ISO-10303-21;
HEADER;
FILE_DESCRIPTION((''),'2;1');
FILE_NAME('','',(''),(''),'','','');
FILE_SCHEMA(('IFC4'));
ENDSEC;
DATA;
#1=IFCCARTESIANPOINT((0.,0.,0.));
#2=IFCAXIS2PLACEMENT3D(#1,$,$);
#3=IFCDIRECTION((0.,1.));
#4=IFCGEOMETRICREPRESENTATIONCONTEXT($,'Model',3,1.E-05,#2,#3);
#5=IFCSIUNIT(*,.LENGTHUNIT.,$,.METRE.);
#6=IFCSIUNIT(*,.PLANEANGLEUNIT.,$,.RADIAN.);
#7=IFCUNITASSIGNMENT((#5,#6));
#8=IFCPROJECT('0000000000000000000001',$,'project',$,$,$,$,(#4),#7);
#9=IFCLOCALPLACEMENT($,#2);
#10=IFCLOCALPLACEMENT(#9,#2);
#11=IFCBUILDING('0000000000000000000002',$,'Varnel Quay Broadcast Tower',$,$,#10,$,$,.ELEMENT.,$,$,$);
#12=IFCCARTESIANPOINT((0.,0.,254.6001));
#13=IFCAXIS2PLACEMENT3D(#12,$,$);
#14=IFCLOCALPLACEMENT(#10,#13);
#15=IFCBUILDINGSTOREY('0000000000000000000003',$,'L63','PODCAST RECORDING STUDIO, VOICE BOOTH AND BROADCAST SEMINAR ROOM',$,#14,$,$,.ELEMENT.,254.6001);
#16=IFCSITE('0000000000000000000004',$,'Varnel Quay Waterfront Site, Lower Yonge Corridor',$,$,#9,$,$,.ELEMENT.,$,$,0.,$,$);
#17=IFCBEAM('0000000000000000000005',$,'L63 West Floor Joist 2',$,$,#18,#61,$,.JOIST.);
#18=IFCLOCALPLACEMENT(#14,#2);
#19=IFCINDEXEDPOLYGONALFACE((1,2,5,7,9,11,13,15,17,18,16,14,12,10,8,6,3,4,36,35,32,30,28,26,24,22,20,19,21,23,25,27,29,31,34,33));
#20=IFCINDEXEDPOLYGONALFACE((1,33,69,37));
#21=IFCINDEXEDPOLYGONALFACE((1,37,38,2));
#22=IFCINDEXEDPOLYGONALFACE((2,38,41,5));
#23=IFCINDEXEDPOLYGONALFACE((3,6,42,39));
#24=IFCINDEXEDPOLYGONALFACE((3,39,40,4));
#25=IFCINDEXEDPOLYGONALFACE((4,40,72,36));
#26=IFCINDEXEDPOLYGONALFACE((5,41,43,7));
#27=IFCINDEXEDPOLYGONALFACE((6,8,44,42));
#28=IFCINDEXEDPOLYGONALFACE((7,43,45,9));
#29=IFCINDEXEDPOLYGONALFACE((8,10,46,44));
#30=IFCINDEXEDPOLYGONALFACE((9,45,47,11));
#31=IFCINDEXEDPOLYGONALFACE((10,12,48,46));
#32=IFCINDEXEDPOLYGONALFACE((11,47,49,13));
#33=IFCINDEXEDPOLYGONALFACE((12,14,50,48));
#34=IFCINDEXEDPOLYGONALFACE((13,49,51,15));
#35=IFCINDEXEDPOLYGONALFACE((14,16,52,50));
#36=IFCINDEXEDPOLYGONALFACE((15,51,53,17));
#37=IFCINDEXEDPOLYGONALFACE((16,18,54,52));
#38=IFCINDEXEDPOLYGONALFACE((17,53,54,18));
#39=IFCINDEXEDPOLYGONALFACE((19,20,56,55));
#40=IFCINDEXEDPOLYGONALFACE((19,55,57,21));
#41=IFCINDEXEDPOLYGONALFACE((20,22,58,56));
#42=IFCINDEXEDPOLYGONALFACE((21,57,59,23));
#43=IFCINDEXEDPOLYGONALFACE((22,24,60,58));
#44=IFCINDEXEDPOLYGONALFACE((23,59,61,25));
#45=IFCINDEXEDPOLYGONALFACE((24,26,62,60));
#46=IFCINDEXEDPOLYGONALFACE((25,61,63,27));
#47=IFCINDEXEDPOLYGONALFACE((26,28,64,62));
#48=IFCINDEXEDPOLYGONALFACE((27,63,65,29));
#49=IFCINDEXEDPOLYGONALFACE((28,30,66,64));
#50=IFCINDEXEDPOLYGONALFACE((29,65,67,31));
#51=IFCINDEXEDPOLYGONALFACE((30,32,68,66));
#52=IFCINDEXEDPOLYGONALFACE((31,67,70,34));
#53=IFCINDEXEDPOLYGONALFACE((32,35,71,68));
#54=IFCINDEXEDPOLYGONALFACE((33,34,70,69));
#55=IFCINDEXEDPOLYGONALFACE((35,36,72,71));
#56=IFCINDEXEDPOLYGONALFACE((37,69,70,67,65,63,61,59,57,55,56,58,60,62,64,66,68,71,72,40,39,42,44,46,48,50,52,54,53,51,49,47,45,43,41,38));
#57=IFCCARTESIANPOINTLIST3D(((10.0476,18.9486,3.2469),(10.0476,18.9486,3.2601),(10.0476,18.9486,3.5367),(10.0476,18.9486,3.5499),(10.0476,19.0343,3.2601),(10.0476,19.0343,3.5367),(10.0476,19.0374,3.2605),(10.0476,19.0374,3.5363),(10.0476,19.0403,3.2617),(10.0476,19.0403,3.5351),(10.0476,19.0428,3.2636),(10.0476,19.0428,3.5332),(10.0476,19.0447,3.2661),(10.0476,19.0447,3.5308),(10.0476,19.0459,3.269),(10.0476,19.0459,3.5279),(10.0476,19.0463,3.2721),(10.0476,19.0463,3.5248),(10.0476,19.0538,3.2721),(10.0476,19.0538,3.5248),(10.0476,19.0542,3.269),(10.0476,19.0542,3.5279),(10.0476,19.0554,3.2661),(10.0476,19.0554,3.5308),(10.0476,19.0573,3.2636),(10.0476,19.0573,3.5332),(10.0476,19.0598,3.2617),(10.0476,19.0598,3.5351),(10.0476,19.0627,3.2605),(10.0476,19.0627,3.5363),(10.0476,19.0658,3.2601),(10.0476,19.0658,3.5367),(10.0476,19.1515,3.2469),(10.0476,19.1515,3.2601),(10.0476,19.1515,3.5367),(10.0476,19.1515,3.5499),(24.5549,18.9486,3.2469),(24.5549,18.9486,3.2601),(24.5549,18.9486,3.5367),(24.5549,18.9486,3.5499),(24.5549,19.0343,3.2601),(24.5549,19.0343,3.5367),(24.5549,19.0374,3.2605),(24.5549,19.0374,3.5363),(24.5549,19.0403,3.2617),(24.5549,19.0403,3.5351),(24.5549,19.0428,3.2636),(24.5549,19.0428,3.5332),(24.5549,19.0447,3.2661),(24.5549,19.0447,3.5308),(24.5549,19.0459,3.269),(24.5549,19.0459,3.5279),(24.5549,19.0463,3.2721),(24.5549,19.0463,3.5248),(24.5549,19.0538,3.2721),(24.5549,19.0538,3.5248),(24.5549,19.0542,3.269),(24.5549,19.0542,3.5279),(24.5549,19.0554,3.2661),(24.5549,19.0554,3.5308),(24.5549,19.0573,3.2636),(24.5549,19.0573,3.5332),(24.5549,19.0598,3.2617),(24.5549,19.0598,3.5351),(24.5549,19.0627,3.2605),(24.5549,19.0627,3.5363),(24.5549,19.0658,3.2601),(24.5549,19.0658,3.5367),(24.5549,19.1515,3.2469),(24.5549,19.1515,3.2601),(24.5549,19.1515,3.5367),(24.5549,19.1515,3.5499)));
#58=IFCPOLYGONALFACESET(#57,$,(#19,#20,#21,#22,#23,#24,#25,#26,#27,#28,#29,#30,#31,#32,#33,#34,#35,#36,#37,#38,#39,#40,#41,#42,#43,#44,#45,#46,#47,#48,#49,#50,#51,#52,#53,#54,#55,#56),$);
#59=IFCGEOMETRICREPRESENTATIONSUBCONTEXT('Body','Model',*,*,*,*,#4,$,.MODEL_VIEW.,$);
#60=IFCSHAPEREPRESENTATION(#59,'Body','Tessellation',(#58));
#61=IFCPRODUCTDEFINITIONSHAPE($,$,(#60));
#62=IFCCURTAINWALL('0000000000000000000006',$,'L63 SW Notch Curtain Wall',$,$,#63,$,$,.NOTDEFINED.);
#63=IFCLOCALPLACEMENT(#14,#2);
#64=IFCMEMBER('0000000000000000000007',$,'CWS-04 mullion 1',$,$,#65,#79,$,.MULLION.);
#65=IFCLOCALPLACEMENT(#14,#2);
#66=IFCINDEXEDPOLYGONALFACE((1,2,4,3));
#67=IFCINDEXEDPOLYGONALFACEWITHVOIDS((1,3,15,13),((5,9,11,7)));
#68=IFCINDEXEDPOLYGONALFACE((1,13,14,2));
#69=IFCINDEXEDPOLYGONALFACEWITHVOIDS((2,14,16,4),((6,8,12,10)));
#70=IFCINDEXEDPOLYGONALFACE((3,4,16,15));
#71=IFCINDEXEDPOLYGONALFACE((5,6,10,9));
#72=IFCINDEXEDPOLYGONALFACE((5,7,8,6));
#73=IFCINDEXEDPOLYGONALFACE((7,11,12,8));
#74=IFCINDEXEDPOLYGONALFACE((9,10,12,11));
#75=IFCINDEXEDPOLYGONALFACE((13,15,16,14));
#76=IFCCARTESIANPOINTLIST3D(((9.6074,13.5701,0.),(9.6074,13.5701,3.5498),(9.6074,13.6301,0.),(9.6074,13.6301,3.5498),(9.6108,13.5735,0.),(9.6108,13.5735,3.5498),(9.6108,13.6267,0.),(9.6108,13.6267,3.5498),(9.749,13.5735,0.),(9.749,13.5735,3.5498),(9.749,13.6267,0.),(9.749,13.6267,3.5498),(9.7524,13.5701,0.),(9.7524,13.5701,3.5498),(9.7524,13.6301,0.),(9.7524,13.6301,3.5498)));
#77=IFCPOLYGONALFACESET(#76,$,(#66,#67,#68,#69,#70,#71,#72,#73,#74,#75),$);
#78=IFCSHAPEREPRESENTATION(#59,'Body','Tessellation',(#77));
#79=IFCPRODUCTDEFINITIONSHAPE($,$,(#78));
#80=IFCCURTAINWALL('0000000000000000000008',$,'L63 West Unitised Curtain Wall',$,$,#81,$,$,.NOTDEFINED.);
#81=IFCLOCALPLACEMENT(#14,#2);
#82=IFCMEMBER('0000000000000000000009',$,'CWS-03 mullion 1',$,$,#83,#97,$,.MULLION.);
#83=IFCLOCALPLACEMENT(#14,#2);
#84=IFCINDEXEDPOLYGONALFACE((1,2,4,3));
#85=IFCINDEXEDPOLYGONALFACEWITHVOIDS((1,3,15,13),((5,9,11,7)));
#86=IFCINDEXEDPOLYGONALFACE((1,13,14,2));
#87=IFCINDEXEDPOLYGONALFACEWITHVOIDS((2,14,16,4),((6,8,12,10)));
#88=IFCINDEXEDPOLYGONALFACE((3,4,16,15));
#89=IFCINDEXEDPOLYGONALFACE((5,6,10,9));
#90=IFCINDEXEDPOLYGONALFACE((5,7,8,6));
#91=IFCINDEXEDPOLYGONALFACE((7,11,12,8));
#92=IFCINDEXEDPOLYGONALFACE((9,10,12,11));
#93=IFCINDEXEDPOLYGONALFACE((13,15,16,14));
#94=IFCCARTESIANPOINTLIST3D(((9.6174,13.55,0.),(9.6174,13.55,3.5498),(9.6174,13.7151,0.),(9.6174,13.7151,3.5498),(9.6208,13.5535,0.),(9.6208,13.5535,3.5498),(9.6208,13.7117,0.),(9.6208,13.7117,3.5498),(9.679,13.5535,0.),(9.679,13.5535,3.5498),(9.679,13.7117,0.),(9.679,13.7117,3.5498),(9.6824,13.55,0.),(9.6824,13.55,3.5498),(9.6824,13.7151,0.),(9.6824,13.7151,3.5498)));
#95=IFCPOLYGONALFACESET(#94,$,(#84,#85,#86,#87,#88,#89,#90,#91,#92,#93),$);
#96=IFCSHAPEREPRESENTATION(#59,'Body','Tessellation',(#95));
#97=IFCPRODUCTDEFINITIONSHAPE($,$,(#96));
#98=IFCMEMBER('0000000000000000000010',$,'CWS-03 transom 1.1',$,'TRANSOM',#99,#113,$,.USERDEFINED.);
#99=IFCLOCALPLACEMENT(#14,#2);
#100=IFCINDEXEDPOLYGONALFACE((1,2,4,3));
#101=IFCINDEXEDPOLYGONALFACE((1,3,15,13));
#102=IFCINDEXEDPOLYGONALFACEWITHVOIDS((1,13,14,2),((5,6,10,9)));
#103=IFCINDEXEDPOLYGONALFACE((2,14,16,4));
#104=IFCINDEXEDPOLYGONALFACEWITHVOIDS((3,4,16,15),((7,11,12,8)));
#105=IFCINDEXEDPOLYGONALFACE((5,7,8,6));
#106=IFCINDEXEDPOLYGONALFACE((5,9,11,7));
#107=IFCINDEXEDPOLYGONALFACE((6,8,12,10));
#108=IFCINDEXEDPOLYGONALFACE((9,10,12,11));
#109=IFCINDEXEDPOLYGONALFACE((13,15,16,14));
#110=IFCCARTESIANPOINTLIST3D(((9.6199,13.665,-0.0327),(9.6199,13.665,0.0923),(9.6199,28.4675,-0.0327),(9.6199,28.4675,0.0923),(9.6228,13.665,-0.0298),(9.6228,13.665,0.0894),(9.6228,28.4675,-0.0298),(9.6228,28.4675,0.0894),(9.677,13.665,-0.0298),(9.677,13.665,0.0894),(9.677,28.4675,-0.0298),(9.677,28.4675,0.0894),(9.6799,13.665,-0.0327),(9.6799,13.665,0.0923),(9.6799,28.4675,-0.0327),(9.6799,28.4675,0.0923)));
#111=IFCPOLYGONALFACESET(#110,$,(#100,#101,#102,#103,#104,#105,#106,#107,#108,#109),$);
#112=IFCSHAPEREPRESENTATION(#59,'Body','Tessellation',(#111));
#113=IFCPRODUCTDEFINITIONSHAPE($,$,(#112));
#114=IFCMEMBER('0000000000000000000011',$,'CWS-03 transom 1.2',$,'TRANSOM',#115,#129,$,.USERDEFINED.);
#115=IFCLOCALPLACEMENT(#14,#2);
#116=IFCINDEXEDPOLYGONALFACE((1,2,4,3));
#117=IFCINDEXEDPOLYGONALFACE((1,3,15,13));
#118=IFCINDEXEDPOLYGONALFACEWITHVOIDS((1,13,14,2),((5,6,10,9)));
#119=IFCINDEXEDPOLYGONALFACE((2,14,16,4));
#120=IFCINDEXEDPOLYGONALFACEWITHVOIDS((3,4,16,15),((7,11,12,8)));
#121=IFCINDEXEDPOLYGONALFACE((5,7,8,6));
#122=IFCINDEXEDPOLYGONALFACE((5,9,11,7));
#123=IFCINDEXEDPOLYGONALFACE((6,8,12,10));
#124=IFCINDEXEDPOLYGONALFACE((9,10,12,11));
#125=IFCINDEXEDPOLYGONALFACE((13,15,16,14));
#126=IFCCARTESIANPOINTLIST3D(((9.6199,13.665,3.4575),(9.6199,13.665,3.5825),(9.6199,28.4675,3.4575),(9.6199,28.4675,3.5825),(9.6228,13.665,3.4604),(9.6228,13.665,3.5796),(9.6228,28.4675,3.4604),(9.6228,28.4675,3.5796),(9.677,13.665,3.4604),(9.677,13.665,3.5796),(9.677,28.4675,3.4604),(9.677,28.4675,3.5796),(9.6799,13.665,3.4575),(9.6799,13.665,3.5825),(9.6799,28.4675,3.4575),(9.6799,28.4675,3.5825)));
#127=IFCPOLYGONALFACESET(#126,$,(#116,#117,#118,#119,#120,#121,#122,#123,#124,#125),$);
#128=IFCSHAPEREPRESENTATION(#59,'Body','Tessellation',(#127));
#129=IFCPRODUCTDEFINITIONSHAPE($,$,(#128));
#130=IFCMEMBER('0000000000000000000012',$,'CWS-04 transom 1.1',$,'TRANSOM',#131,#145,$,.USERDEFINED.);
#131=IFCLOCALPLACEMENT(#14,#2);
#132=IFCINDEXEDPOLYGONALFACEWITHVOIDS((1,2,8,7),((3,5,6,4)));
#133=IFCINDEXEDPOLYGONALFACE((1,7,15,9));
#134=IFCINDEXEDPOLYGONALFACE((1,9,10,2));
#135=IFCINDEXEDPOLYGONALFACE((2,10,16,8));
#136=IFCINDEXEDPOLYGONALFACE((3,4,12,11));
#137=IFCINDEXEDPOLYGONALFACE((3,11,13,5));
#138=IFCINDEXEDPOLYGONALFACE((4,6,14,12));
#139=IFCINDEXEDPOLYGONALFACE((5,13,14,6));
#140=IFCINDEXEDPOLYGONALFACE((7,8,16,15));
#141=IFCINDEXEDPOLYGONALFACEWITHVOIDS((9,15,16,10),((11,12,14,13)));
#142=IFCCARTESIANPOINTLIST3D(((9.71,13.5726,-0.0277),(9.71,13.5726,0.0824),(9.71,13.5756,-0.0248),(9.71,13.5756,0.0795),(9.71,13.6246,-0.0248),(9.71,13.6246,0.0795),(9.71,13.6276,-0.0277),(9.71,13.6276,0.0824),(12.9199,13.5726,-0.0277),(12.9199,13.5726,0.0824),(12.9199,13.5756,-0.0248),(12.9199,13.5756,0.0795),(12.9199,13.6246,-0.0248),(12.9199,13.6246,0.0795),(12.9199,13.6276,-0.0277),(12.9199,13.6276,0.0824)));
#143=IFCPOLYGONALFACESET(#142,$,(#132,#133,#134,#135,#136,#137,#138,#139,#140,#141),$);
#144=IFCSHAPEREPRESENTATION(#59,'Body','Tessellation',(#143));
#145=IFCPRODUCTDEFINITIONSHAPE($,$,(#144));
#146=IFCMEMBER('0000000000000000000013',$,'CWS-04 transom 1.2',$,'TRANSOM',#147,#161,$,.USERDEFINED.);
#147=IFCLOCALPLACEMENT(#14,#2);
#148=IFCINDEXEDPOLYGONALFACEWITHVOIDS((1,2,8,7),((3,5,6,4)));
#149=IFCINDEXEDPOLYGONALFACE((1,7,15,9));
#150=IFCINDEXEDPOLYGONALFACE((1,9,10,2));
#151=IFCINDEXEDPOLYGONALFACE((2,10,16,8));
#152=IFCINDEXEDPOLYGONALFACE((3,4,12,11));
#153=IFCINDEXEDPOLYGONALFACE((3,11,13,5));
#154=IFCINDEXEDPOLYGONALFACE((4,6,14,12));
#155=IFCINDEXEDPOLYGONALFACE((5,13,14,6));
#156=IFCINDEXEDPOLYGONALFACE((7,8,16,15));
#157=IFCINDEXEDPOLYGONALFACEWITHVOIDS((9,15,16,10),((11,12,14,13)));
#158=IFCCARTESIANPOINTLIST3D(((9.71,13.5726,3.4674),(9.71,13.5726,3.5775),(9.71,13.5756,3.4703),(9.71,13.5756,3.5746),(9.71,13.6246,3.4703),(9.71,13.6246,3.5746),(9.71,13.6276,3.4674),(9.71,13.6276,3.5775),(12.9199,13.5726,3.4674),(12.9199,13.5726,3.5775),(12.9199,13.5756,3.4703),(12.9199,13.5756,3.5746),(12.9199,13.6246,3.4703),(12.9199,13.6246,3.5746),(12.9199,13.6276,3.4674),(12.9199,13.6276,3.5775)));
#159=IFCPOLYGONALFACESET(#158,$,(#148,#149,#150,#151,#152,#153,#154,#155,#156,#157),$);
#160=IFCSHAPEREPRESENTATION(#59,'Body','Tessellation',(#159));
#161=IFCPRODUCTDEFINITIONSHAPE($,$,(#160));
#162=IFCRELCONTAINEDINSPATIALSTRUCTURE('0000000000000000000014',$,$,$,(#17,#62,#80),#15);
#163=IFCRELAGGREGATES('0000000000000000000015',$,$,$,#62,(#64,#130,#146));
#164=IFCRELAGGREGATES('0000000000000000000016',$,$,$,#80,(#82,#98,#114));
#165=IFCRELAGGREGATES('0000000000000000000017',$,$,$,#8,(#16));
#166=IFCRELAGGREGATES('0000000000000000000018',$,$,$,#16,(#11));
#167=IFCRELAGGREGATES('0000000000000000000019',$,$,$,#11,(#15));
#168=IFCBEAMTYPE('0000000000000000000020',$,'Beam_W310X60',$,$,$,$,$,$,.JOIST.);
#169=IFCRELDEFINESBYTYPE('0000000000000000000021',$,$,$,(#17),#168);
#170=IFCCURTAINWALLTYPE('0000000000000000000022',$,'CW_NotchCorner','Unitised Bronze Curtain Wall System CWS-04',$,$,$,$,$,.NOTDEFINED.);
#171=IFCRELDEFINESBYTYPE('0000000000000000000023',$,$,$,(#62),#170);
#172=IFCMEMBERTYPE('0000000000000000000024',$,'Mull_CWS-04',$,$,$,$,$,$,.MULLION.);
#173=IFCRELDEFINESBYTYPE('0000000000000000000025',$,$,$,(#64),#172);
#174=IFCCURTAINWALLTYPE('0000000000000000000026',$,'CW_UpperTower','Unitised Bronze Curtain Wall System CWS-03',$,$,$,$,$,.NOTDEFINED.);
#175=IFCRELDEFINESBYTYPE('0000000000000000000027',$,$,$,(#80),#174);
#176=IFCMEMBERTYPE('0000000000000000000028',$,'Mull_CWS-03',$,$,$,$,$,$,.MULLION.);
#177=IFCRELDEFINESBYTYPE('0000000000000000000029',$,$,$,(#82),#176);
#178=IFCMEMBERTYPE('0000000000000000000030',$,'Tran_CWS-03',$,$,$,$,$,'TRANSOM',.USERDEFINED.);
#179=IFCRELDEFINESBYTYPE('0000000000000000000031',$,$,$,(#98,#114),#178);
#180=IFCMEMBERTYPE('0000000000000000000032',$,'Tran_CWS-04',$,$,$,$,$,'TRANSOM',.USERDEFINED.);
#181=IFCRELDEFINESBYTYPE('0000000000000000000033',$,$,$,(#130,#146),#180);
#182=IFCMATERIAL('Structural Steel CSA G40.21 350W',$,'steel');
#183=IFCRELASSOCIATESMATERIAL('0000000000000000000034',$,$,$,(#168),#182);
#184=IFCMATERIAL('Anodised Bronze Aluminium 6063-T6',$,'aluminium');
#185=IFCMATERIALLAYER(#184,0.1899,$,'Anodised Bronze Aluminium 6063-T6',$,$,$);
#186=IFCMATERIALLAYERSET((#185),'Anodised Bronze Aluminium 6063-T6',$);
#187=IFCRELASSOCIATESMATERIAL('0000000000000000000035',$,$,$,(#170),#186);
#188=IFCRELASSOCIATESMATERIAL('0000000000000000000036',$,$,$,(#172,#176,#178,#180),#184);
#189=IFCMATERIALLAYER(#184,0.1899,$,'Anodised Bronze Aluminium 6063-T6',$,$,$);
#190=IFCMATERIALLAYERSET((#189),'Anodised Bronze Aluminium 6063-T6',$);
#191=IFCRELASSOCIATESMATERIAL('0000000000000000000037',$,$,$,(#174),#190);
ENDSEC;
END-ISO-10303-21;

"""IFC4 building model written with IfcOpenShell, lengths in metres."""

from ifc_helpers import new_model, si_unit, direction, frame, origin, origin_2d, place, context, subcontext, project, spatial, hollow_rectangle, i_section, extrude, source, transform, mapped, material, layer, layer_set, material_profile, profile_set, type_object, type_shapes, element, aggregate, save


model = new_model("IFC4")

# Units and contexts
model_context = context("Model", 3, precision=1e-05, world=origin(), true_north=direction((0.0, 1.0)))
body_context = subcontext(model_context, "Body", "Model", "MODEL_VIEW")
ifc_project = project(units=[si_unit("LENGTHUNIT", "METRE"), si_unit("PLANEANGLEUNIT", "RADIAN")], contexts=[model_context])

# Site, building, storey
site_placement = place(None, origin())
site = spatial("IfcSite", under=ifc_project, at=site_placement, Name="Varnel Quay Waterfront Site, Lower Yonge Corridor", CompositionType="ELEMENT", RefElevation=0.0)
building_placement = place(site_placement, origin())
building = spatial("IfcBuilding", under=site, at=building_placement, Name="Varnel Quay Broadcast Tower", CompositionType="ELEMENT")
storey_placement = place(building_placement, frame((0.0, 0.0, 254.6001)))
storey = spatial("IfcBuildingStorey", under=building, at=storey_placement, Name="L63", Description="PODCAST RECORDING STUDIO, VOICE BOOTH AND BROADCAST SEMINAR ROOM", CompositionType="ELEMENT", Elevation=254.6001)

# Shared definitions
ifc_material_1 = material(Name="Structural Steel CSA G40.21 350W", Category="steel")

# Beam
ifc_material_profile_1 = material_profile(ifc_material_1, i_section(OverallWidth=0.2029, OverallDepth=0.303, WebThickness=0.0076, FlangeThickness=0.0132, FilletRadius=0.012, at=origin_2d()), Name="W310X60")
ifc_profile_set_1 = profile_set([ifc_material_profile_1], Name="Structural Steel CSA G40.21 350W")
beam_type_1 = type_object("IfcBeamType", Name="Beam_W310X60", PredefinedType="JOIST", material=ifc_profile_set_1)
shared_shape_1 = source(origin(), body_context, "Body", "SweptSolid", [
    extrude(i_section(OverallWidth=0.2029, OverallDepth=0.303, WebThickness=0.0076, FlangeThickness=0.0132, FilletRadius=0.012, at=origin_2d()), origin(), (0.0, 0.0, 1.0), 14.5073),
])
type_shapes(beam_type_1, [shared_shape_1])
beam_1_placement = place(storey_placement, frame((10.0476, 19.05, 3.3984), z_axis=(1.0, 0.0, 0.0), x_axis=(0.0, 1.0, 0.0)))
element("IfcBeam", 1, at=beam_1_placement, inside=storey, type_object=beam_type_1, Name="L63 West Floor Joist 2", PredefinedType="JOIST", context=body_context, shape_type="MappedRepresentation", body=[
    mapped(shared_shape_1, transform((0.0, 0.0, 0.0), x_axis=(1.0, 0.0, 0.0), y_axis=(0.0, 1.0, 0.0), z_axis=(0.0, 0.0, 1.0), scale=1.0)),
])

# Curtain wall, member
ifc_material_2 = material(Name="Anodised Bronze Aluminium 6063-T6", Category="aluminium")
ifc_layer_1 = layer(ifc_material_2, 0.1899, Name="Anodised Bronze Aluminium 6063-T6")
ifc_layer_set_1 = layer_set([ifc_layer_1], Name="Anodised Bronze Aluminium 6063-T6")
curtain_wall_type_1 = type_object("IfcCurtainWallType", Name="CW_NotchCorner", Description="Unitised Bronze Curtain Wall System CWS-04", PredefinedType="NOTDEFINED", material=ifc_layer_set_1)
curtain_wall_1_placement = place(storey_placement, origin())
curtain_wall_1 = element("IfcCurtainWall", 2, at=curtain_wall_1_placement, inside=storey, type_object=curtain_wall_type_1, Name="L63 SW Notch Curtain Wall", PredefinedType="NOTDEFINED")
ifc_material_profile_2 = material_profile(ifc_material_2, hollow_rectangle(XDim=0.0601, YDim=0.145, WallThickness=0.0034, at=origin_2d()), Name="ALU60X145X3.5")
ifc_profile_set_2 = profile_set([ifc_material_profile_2], Name="Anodised Bronze Aluminium 6063-T6")
member_type_1 = type_object("IfcMemberType", Name="Mull_CWS-04", PredefinedType="MULLION", material=ifc_profile_set_2)
shared_shape_2 = source(origin(), body_context, "Body", "SweptSolid", [
    extrude(hollow_rectangle(XDim=0.0601, YDim=0.145, WallThickness=0.0034, at=origin_2d()), origin(), (0.0, 0.0, 1.0), 3.5498),
])
type_shapes(member_type_1, [shared_shape_2])
member_1_placement = place(storey_placement, frame((9.6799, 13.6001, 0.0), z_axis=(0.0, 0.0, 1.0), x_axis=(0.0, 1.0, 0.0)))
member_1 = element("IfcMember", 3, at=member_1_placement, type_object=member_type_1, Name="CWS-04 mullion 1", PredefinedType="MULLION", context=body_context, shape_type="MappedRepresentation", body=[
    mapped(shared_shape_2, transform((0.0, 0.0, 0.0), x_axis=(1.0, 0.0, 0.0), y_axis=(0.0, 1.0, 0.0), z_axis=(0.0, 0.0, 1.0), scale=1.0)),
])

# Curtain wall, members
ifc_layer_2 = layer(ifc_material_2, 0.1899, Name="Anodised Bronze Aluminium 6063-T6")
ifc_layer_set_2 = layer_set([ifc_layer_2], Name="Anodised Bronze Aluminium 6063-T6")
curtain_wall_type_2 = type_object("IfcCurtainWallType", Name="CW_UpperTower", Description="Unitised Bronze Curtain Wall System CWS-03", PredefinedType="NOTDEFINED", material=ifc_layer_set_2)
curtain_wall_2_placement = place(storey_placement, origin())
curtain_wall_2 = element("IfcCurtainWall", 4, at=curtain_wall_2_placement, inside=storey, type_object=curtain_wall_type_2, Name="L63 West Unitised Curtain Wall", PredefinedType="NOTDEFINED")
ifc_material_profile_3 = material_profile(ifc_material_2, hollow_rectangle(XDim=0.0649, YDim=0.165, WallThickness=0.0034, at=origin_2d()), Name="ALU65X165X3.5")
ifc_profile_set_3 = profile_set([ifc_material_profile_3], Name="Anodised Bronze Aluminium 6063-T6")
member_type_2 = type_object("IfcMemberType", Name="Mull_CWS-03", PredefinedType="MULLION", material=ifc_profile_set_3)
shared_shape_3 = source(origin(), body_context, "Body", "SweptSolid", [
    extrude(hollow_rectangle(XDim=0.0649, YDim=0.165, WallThickness=0.0034, at=origin_2d()), origin(), (0.0, 0.0, 1.0), 3.5498),
])
type_shapes(member_type_2, [shared_shape_3])
member_2_placement = place(storey_placement, frame((9.6499, 13.6326, 0.0), z_axis=(0.0, 0.0, 1.0), x_axis=(-1.0, 0.0, 0.0)))
member_2 = element("IfcMember", 5, at=member_2_placement, type_object=member_type_2, Name="CWS-03 mullion 1", PredefinedType="MULLION", context=body_context, shape_type="MappedRepresentation", body=[
    mapped(shared_shape_3, transform((0.0, 0.0, 0.0), x_axis=(1.0, 0.0, 0.0), y_axis=(0.0, 1.0, 0.0), z_axis=(0.0, 0.0, 1.0), scale=1.0)),
])
ifc_material_profile_4 = material_profile(ifc_material_2, hollow_rectangle(XDim=0.0601, YDim=0.125, WallThickness=0.0029, at=origin_2d()), Name="ALU60X125X3")
ifc_profile_set_4 = profile_set([ifc_material_profile_4], Name="Anodised Bronze Aluminium 6063-T6")
member_type_3 = type_object("IfcMemberType", Name="Tran_CWS-03", ElementType="TRANSOM", PredefinedType="USERDEFINED", material=ifc_profile_set_4)
shared_shape_4 = source(origin(), body_context, "Body", "SweptSolid", [
    extrude(hollow_rectangle(XDim=0.0601, YDim=0.125, WallThickness=0.0029, at=origin_2d()), origin(), (0.0, 0.0, 1.0), 14.8025),
])
type_shapes(member_type_3, [shared_shape_4])
member_3_placement = place(storey_placement, frame((9.6499, 13.665, 0.0298), z_axis=(0.0, 1.0, 0.0), x_axis=(-1.0, 0.0, 0.0)))
member_3 = element("IfcMember", 6, at=member_3_placement, type_object=member_type_3, Name="CWS-03 transom 1.1", ObjectType="TRANSOM", PredefinedType="USERDEFINED", context=body_context, shape_type="MappedRepresentation", body=[
    mapped(shared_shape_4, transform((0.0, 0.0, 0.0), x_axis=(1.0, 0.0, 0.0), y_axis=(0.0, 1.0, 0.0), z_axis=(0.0, 0.0, 1.0), scale=1.0)),
])
member_4_placement = place(storey_placement, frame((9.6499, 13.665, 3.52), z_axis=(0.0, 1.0, 0.0), x_axis=(-1.0, 0.0, 0.0)))
member_4 = element("IfcMember", 7, at=member_4_placement, type_object=member_type_3, Name="CWS-03 transom 1.2", ObjectType="TRANSOM", PredefinedType="USERDEFINED", context=body_context, shape_type="MappedRepresentation", body=[
    mapped(shared_shape_4, transform((0.0, 0.0, 0.0), x_axis=(1.0, 0.0, 0.0), y_axis=(0.0, 1.0, 0.0), z_axis=(0.0, 0.0, 1.0), scale=1.0)),
])

# Members
ifc_material_profile_5 = material_profile(ifc_material_2, hollow_rectangle(XDim=0.0549, YDim=0.1101, WallThickness=0.0029, at=origin_2d()), Name="ALU55X110X3")
ifc_profile_set_5 = profile_set([ifc_material_profile_5], Name="Anodised Bronze Aluminium 6063-T6")
member_type_4 = type_object("IfcMemberType", Name="Tran_CWS-04", ElementType="TRANSOM", PredefinedType="USERDEFINED", material=ifc_profile_set_5)
shared_shape_5 = source(origin(), body_context, "Body", "SweptSolid", [
    extrude(hollow_rectangle(XDim=0.0549, YDim=0.1101, WallThickness=0.0029, at=origin_2d()), origin(), (0.0, 0.0, 1.0), 3.21),
])
type_shapes(member_type_4, [shared_shape_5])
member_5_placement = place(storey_placement, frame((9.71, 13.6001, 0.0273), z_axis=(1.0, 0.0, 0.0), x_axis=(0.0, 1.0, 0.0)))
member_5 = element("IfcMember", 8, at=member_5_placement, type_object=member_type_4, Name="CWS-04 transom 1.1", ObjectType="TRANSOM", PredefinedType="USERDEFINED", context=body_context, shape_type="MappedRepresentation", body=[
    mapped(shared_shape_5, transform((0.0, 0.0, 0.0), x_axis=(1.0, 0.0, 0.0), y_axis=(0.0, 1.0, 0.0), z_axis=(0.0, 0.0, 1.0), scale=1.0)),
])
member_6_placement = place(storey_placement, frame((9.71, 13.6001, 3.5225), z_axis=(1.0, 0.0, 0.0), x_axis=(0.0, 1.0, 0.0)))
member_6 = element("IfcMember", 9, at=member_6_placement, type_object=member_type_4, Name="CWS-04 transom 1.2", ObjectType="TRANSOM", PredefinedType="USERDEFINED", context=body_context, shape_type="MappedRepresentation", body=[
    mapped(shared_shape_5, transform((0.0, 0.0, 0.0), x_axis=(1.0, 0.0, 0.0), y_axis=(0.0, 1.0, 0.0), z_axis=(0.0, 0.0, 1.0), scale=1.0)),
])

aggregate(curtain_wall_1, [member_1, member_5, member_6])
aggregate(curtain_wall_2, [member_2, member_3, member_4])

save(model, "model.ifc")
